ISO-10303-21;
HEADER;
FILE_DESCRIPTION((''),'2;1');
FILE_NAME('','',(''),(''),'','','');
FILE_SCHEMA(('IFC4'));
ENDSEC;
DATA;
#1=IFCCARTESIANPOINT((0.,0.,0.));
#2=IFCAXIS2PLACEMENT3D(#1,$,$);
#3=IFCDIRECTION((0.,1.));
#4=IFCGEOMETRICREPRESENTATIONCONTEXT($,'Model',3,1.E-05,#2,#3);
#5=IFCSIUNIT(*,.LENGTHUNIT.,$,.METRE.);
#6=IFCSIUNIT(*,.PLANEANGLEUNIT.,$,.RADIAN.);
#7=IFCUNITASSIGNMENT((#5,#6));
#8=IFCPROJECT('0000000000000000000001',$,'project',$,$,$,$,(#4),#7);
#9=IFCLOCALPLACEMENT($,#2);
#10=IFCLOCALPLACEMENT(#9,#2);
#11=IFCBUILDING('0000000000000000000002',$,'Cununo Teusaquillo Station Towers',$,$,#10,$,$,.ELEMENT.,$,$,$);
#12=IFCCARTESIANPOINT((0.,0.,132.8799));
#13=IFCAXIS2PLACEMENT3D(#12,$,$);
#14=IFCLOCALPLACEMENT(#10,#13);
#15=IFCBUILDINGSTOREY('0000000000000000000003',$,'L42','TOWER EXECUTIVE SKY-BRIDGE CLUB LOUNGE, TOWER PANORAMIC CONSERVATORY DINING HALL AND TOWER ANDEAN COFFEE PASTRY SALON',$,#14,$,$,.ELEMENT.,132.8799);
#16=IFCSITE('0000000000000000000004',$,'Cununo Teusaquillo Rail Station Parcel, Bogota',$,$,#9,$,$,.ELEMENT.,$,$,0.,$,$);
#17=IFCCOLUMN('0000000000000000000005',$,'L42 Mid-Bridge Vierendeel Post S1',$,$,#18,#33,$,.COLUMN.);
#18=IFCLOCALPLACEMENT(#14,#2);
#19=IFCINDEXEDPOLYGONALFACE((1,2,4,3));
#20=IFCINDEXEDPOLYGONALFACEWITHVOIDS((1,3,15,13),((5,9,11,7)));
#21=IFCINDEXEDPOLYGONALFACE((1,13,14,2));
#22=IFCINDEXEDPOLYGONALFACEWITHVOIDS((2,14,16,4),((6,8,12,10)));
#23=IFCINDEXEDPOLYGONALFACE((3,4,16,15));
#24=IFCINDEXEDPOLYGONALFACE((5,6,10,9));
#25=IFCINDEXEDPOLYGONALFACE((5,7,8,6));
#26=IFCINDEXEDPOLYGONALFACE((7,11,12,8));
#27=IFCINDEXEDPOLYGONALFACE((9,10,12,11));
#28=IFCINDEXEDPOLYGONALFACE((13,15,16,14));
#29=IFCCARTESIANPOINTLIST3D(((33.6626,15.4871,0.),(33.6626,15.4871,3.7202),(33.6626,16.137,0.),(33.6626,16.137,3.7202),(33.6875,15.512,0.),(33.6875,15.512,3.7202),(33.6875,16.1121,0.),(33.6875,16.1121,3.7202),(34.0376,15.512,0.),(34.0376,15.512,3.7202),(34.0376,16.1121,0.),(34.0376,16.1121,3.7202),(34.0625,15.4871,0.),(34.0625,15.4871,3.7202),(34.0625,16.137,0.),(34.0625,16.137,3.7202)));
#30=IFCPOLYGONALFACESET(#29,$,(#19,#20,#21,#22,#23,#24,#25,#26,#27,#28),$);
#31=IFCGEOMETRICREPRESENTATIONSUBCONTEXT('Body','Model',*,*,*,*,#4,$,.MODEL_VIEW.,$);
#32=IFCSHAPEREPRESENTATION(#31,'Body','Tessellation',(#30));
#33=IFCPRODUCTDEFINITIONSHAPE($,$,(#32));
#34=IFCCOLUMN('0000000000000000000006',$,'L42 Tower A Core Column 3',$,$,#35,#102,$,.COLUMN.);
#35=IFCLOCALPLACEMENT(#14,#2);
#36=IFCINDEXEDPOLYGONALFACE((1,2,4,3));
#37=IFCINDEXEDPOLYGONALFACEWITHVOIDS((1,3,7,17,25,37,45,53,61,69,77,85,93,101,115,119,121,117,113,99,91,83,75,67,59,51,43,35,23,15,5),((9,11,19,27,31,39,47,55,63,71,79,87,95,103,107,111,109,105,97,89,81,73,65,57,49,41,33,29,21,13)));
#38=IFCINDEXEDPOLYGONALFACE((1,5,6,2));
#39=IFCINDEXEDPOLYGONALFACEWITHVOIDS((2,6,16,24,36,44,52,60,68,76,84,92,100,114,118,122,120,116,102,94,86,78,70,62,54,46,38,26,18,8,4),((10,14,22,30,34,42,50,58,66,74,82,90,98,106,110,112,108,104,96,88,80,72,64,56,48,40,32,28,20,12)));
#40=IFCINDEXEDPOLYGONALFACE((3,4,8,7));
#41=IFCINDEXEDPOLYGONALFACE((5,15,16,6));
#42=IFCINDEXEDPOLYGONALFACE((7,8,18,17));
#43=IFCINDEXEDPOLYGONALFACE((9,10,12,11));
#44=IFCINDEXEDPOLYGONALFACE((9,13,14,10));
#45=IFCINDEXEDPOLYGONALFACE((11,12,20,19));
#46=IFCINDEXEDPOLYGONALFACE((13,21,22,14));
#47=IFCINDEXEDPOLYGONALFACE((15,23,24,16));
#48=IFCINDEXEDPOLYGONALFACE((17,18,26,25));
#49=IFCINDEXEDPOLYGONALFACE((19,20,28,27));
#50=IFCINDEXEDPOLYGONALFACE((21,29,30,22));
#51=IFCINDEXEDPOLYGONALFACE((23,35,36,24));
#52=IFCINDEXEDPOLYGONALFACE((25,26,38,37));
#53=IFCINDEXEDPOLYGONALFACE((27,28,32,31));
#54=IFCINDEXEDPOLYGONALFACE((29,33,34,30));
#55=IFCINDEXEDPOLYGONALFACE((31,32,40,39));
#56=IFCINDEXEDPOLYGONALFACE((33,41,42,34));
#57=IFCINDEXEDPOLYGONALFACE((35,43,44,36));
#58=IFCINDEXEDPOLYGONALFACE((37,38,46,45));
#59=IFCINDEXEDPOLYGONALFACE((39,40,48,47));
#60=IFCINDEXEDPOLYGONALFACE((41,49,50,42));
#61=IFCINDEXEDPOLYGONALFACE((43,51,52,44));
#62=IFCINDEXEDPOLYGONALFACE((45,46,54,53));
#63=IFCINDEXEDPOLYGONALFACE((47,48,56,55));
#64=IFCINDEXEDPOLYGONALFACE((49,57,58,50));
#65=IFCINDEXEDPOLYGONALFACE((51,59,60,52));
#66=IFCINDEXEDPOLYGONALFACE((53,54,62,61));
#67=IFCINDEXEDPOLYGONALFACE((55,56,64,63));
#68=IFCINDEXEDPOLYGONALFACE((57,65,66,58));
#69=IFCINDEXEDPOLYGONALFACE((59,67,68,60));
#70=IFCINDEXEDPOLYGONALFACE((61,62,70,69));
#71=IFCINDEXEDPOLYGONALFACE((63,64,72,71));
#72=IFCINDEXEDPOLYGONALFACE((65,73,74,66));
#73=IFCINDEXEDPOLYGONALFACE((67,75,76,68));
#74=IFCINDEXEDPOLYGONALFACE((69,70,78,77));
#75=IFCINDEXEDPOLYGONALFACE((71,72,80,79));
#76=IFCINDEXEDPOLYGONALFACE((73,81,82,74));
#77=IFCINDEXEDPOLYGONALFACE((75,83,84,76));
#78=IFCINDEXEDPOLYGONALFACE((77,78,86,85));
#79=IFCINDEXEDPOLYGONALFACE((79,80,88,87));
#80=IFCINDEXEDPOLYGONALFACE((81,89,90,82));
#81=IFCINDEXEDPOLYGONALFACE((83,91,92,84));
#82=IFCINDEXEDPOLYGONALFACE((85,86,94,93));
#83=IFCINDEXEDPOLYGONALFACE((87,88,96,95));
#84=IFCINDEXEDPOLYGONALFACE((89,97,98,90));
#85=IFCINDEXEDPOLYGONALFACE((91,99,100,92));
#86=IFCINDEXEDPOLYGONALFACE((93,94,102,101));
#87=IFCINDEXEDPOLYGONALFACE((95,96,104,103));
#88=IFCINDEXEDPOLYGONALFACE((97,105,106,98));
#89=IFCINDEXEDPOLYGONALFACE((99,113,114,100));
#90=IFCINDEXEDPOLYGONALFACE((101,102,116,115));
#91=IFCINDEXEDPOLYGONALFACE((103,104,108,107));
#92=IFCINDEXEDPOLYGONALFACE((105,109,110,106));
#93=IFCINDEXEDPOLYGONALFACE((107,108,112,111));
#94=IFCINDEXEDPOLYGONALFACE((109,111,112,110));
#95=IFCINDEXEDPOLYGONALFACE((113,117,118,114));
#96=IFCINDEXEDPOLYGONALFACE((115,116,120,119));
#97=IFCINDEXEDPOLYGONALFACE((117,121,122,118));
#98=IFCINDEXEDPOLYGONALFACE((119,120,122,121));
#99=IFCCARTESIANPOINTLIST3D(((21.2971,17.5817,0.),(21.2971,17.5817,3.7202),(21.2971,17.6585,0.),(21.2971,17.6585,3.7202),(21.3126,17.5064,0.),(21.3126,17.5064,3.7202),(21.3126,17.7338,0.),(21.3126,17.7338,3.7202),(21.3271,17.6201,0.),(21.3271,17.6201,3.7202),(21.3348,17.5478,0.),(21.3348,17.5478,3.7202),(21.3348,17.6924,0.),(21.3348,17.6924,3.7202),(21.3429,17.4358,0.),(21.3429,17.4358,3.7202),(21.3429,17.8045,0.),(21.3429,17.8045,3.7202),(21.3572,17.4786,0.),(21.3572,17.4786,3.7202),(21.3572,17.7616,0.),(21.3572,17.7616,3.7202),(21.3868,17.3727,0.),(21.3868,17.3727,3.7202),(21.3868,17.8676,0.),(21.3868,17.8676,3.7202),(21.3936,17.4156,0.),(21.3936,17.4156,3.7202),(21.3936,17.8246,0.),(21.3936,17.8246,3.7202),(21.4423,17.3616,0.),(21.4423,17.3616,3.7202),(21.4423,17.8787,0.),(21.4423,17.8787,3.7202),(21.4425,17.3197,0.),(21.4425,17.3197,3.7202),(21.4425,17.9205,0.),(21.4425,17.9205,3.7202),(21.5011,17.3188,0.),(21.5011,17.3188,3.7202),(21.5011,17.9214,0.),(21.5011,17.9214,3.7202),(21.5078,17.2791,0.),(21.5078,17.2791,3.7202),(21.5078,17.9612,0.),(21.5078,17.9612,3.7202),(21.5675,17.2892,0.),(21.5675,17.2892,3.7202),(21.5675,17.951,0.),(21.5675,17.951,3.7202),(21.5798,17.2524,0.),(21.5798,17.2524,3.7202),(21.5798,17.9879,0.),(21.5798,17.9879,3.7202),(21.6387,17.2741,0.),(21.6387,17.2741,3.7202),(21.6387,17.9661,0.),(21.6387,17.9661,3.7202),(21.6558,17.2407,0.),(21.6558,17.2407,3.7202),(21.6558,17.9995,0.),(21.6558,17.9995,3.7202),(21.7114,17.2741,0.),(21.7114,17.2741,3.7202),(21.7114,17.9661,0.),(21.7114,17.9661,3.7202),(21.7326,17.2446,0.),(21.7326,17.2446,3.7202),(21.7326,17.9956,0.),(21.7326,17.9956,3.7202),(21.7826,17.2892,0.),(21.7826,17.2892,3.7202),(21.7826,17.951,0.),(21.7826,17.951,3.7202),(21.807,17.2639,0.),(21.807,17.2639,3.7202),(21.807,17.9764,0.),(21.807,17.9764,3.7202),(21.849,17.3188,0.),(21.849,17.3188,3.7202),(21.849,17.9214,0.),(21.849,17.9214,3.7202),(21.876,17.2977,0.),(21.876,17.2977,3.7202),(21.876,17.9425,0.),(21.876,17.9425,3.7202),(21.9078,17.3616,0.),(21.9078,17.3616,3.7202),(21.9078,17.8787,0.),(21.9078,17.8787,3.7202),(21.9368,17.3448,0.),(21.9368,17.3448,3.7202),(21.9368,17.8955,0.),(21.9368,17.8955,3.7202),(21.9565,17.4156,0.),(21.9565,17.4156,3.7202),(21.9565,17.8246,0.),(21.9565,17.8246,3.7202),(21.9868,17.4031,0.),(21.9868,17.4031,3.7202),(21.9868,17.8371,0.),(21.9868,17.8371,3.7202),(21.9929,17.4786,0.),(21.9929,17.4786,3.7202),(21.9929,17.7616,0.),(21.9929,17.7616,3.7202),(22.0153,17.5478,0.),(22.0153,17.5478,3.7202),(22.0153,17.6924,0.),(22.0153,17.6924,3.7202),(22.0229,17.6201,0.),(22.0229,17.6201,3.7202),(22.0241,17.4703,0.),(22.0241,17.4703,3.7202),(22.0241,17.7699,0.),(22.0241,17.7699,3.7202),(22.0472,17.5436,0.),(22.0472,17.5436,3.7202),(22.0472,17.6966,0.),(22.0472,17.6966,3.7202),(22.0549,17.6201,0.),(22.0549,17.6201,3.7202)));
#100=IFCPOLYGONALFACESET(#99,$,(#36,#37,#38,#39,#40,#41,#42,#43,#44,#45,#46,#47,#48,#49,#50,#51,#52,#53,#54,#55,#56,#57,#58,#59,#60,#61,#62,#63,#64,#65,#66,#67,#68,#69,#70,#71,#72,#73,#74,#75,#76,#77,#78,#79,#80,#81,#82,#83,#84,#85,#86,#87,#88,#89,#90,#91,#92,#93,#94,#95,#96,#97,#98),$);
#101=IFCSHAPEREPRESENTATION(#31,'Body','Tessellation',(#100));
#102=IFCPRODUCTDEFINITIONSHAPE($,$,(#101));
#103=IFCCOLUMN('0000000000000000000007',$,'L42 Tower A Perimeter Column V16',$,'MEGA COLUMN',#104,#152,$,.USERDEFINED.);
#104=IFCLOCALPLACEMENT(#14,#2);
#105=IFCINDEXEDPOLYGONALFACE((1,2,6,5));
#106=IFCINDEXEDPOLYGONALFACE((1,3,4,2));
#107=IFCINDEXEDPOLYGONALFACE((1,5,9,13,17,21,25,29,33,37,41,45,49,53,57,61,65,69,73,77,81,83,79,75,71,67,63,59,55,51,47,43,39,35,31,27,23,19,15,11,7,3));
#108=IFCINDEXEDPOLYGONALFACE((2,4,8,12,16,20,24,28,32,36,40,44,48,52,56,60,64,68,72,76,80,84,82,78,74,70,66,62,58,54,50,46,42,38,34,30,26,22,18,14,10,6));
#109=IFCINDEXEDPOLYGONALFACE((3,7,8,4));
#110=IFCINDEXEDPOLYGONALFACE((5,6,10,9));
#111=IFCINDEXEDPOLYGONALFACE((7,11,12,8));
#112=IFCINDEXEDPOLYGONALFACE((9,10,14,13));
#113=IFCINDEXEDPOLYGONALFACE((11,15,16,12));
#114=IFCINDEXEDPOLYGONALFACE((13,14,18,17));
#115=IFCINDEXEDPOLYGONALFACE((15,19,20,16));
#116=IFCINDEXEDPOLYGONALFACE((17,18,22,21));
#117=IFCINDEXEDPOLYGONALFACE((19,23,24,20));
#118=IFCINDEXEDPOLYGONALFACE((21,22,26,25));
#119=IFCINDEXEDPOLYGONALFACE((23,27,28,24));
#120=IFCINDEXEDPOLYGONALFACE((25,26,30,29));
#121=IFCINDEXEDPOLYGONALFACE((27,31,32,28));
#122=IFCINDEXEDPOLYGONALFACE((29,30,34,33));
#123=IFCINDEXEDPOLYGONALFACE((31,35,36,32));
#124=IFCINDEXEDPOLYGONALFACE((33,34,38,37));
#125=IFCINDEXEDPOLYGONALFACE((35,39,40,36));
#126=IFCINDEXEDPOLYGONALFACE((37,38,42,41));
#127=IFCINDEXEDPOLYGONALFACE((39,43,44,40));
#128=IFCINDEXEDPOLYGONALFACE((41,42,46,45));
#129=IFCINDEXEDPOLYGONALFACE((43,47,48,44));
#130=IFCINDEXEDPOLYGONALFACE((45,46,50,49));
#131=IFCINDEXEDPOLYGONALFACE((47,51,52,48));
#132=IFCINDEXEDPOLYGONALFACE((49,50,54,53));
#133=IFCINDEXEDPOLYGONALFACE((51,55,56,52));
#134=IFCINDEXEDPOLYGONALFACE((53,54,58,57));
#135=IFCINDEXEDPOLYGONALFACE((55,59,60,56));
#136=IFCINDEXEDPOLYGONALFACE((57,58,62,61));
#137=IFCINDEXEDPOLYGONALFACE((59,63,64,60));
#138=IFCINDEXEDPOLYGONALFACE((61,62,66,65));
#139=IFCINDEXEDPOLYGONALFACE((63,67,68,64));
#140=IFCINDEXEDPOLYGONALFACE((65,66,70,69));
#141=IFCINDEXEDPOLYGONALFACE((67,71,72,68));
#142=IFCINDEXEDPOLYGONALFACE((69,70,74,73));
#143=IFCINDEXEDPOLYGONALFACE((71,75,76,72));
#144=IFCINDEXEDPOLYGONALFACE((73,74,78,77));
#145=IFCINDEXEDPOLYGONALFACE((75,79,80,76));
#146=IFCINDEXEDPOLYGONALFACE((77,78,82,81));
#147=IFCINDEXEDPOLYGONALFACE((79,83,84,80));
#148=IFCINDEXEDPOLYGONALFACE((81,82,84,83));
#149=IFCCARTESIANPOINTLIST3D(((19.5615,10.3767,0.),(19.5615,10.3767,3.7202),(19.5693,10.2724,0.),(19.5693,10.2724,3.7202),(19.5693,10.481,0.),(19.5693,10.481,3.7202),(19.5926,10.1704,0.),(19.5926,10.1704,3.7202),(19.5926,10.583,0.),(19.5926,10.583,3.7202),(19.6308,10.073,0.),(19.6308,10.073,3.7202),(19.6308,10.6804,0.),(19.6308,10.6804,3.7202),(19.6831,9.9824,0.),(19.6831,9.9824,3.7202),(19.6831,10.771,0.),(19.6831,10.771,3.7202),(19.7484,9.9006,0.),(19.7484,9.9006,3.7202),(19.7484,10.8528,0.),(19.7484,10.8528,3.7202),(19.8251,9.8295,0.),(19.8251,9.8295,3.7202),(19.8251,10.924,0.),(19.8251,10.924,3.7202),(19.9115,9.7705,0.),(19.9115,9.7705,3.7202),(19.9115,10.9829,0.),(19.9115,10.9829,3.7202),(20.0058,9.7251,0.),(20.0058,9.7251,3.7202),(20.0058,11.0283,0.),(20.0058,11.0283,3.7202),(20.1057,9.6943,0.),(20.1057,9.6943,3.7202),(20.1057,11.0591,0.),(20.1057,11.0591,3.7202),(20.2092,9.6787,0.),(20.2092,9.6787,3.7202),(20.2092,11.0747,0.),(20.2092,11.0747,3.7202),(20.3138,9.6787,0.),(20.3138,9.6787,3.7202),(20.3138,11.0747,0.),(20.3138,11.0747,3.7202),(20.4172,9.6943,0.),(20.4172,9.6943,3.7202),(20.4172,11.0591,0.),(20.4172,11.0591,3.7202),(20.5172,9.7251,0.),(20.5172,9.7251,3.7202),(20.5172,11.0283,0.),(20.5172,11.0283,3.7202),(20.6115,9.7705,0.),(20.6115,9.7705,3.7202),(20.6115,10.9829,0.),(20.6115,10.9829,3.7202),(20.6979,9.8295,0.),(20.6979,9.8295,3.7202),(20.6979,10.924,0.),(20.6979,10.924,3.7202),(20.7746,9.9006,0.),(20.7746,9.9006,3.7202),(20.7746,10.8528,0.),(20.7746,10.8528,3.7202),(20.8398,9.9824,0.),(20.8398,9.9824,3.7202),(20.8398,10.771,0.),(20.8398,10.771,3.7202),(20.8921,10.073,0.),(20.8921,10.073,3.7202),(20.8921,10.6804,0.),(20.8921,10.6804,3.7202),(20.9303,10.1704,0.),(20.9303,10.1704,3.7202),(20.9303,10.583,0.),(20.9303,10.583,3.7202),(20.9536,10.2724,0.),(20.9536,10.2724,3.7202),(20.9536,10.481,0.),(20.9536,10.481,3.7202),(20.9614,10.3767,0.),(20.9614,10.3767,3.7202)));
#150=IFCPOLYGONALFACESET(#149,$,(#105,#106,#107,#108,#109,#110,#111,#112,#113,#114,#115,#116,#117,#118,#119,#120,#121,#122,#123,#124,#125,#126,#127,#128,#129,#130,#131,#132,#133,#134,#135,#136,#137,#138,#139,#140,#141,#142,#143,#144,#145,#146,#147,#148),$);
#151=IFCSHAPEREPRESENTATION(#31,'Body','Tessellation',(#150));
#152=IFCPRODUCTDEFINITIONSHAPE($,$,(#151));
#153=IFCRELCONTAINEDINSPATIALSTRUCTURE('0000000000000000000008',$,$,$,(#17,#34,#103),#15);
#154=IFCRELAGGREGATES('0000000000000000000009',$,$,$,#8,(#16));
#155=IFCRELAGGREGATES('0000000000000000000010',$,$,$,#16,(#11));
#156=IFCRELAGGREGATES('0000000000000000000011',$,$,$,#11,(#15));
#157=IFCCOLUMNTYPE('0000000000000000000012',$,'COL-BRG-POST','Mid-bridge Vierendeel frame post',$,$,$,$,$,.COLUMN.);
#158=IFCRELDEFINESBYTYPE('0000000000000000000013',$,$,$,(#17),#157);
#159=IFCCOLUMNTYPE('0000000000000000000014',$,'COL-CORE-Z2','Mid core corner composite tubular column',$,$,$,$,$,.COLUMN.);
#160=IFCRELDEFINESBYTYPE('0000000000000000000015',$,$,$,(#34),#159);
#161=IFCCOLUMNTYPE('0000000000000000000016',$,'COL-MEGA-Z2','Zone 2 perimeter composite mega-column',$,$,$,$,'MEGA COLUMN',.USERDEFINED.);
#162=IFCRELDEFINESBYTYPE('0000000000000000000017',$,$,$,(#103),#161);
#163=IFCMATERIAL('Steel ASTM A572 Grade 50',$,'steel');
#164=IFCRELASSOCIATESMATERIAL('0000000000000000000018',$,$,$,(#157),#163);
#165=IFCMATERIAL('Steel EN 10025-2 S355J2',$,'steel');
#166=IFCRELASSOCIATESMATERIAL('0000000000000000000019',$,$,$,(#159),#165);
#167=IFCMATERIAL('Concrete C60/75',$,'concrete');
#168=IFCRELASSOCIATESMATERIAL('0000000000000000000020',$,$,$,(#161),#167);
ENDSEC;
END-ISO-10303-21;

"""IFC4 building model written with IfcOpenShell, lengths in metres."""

from ifc_helpers import new_model, si_unit, direction, frame, origin, origin_2d, place, context, subcontext, project, spatial, hollow_rectangle, circle, hollow_circle, extrude, material, material_profile, profile_set, type_object, element, save


model = new_model("IFC4")

# Units and contexts
model_context = context("Model", 3, precision=1e-05, world=origin(), true_north=direction((0.0, 1.0)))
body_context = subcontext(model_context, "Body", "Model", "MODEL_VIEW")
ifc_project = project(units=[si_unit("LENGTHUNIT", "METRE"), si_unit("PLANEANGLEUNIT", "RADIAN")], contexts=[model_context])

# Site, building, storey
site_placement = place(None, origin())
site = spatial("IfcSite", under=ifc_project, at=site_placement, Name="Cununo Teusaquillo Rail Station Parcel, Bogota", CompositionType="ELEMENT", RefElevation=0.0)
building_placement = place(site_placement, origin())
building = spatial("IfcBuilding", under=site, at=building_placement, Name="Cununo Teusaquillo Station Towers", CompositionType="ELEMENT")
storey_placement = place(building_placement, frame((0.0, 0.0, 132.8799)))
storey = spatial("IfcBuildingStorey", under=building, at=storey_placement, Name="L42", Description="TOWER EXECUTIVE SKY-BRIDGE CLUB LOUNGE, TOWER PANORAMIC CONSERVATORY DINING HALL AND TOWER ANDEAN COFFEE PASTRY SALON", CompositionType="ELEMENT", Elevation=132.8799)

# Columns
ifc_material_1 = material(Name="Steel ASTM A572 Grade 50", Category="steel")
ifc_material_profile_1 = material_profile(ifc_material_1, hollow_rectangle(XDim=0.3999, YDim=0.6499, WallThickness=0.0249, at=origin_2d()), Name="RHS 650x400x25")
ifc_profile_set_1 = profile_set([ifc_material_profile_1], Name="Steel ASTM A572 Grade 50")
column_type_1 = type_object("IfcColumnType", Name="COL-BRG-POST", Description="Mid-bridge Vierendeel frame post", PredefinedType="COLUMN", material=ifc_profile_set_1)
column_1_placement = place(storey_placement, frame((33.8625, 15.812, 0.0), z_axis=(0.0, 0.0, 1.0), x_axis=(1.0, 0.0, 0.0)))
element("IfcColumn", 1, at=column_1_placement, inside=storey, type_object=column_type_1, Name="L42 Mid-Bridge Vierendeel Post S1", PredefinedType="COLUMN", context=body_context, shape_type="SweptSolid", body=[
    extrude(hollow_rectangle(XDim=0.3999, YDim=0.6499, WallThickness=0.0249, at=origin_2d()), origin(), (0.0, 0.0, 1.0), 3.7202),
])
ifc_material_2 = material(Name="Steel EN 10025-2 S355J2", Category="steel")
ifc_material_profile_2 = material_profile(ifc_material_2, hollow_circle(Radius=0.3799, WallThickness=0.032, at=origin_2d()), Name="CHS 760x32")
ifc_profile_set_2 = profile_set([ifc_material_profile_2], Name="Steel EN 10025-2 S355J2")
column_type_2 = type_object("IfcColumnType", Name="COL-CORE-Z2", Description="Mid core corner composite tubular column", PredefinedType="COLUMN", material=ifc_profile_set_2)
column_2_placement = place(storey_placement, frame((21.675, 17.6201, 0.0), z_axis=(0.0, 0.0, 1.0), x_axis=(1.0, 0.0, 0.0)))
element("IfcColumn", 2, at=column_2_placement, inside=storey, type_object=column_type_2, Name="L42 Tower A Core Column 3", PredefinedType="COLUMN", context=body_context, shape_type="SweptSolid", body=[
    extrude(hollow_circle(Radius=0.3799, WallThickness=0.032, at=origin_2d()), origin(), (0.0, 0.0, 1.0), 3.7202),
])
ifc_material_3 = material(Name="Concrete C60/75", Category="concrete")
ifc_material_profile_3 = material_profile(ifc_material_3, circle(Radius=0.7, at=origin_2d()), Name="RC-CIRC-1400")
ifc_profile_set_3 = profile_set([ifc_material_profile_3], Name="Concrete C60/75")
column_type_3 = type_object("IfcColumnType", Name="COL-MEGA-Z2", Description="Zone 2 perimeter composite mega-column", ElementType="MEGA COLUMN", PredefinedType="USERDEFINED", material=ifc_profile_set_3)
for number, where, z_axis, x_axis, name in (
    (3, (20.2615, 10.3767, 0.0), (0.0, 0.0, 1.0), (1.0, 0.0, 0.0), "L42 Tower A Perimeter Column V16"),
):
    element("IfcColumn", number, at=place(storey_placement, frame(where, z_axis=z_axis, x_axis=x_axis)), inside=storey, type_object=column_type_3, Name=name, ObjectType="MEGA COLUMN", PredefinedType="USERDEFINED", context=body_context, shape_type="SweptSolid", body=[
        extrude(circle(Radius=0.7, at=origin_2d()), origin(), (0.0, 0.0, 1.0), 3.7202),
    ])

save(model, "model.ifc")
